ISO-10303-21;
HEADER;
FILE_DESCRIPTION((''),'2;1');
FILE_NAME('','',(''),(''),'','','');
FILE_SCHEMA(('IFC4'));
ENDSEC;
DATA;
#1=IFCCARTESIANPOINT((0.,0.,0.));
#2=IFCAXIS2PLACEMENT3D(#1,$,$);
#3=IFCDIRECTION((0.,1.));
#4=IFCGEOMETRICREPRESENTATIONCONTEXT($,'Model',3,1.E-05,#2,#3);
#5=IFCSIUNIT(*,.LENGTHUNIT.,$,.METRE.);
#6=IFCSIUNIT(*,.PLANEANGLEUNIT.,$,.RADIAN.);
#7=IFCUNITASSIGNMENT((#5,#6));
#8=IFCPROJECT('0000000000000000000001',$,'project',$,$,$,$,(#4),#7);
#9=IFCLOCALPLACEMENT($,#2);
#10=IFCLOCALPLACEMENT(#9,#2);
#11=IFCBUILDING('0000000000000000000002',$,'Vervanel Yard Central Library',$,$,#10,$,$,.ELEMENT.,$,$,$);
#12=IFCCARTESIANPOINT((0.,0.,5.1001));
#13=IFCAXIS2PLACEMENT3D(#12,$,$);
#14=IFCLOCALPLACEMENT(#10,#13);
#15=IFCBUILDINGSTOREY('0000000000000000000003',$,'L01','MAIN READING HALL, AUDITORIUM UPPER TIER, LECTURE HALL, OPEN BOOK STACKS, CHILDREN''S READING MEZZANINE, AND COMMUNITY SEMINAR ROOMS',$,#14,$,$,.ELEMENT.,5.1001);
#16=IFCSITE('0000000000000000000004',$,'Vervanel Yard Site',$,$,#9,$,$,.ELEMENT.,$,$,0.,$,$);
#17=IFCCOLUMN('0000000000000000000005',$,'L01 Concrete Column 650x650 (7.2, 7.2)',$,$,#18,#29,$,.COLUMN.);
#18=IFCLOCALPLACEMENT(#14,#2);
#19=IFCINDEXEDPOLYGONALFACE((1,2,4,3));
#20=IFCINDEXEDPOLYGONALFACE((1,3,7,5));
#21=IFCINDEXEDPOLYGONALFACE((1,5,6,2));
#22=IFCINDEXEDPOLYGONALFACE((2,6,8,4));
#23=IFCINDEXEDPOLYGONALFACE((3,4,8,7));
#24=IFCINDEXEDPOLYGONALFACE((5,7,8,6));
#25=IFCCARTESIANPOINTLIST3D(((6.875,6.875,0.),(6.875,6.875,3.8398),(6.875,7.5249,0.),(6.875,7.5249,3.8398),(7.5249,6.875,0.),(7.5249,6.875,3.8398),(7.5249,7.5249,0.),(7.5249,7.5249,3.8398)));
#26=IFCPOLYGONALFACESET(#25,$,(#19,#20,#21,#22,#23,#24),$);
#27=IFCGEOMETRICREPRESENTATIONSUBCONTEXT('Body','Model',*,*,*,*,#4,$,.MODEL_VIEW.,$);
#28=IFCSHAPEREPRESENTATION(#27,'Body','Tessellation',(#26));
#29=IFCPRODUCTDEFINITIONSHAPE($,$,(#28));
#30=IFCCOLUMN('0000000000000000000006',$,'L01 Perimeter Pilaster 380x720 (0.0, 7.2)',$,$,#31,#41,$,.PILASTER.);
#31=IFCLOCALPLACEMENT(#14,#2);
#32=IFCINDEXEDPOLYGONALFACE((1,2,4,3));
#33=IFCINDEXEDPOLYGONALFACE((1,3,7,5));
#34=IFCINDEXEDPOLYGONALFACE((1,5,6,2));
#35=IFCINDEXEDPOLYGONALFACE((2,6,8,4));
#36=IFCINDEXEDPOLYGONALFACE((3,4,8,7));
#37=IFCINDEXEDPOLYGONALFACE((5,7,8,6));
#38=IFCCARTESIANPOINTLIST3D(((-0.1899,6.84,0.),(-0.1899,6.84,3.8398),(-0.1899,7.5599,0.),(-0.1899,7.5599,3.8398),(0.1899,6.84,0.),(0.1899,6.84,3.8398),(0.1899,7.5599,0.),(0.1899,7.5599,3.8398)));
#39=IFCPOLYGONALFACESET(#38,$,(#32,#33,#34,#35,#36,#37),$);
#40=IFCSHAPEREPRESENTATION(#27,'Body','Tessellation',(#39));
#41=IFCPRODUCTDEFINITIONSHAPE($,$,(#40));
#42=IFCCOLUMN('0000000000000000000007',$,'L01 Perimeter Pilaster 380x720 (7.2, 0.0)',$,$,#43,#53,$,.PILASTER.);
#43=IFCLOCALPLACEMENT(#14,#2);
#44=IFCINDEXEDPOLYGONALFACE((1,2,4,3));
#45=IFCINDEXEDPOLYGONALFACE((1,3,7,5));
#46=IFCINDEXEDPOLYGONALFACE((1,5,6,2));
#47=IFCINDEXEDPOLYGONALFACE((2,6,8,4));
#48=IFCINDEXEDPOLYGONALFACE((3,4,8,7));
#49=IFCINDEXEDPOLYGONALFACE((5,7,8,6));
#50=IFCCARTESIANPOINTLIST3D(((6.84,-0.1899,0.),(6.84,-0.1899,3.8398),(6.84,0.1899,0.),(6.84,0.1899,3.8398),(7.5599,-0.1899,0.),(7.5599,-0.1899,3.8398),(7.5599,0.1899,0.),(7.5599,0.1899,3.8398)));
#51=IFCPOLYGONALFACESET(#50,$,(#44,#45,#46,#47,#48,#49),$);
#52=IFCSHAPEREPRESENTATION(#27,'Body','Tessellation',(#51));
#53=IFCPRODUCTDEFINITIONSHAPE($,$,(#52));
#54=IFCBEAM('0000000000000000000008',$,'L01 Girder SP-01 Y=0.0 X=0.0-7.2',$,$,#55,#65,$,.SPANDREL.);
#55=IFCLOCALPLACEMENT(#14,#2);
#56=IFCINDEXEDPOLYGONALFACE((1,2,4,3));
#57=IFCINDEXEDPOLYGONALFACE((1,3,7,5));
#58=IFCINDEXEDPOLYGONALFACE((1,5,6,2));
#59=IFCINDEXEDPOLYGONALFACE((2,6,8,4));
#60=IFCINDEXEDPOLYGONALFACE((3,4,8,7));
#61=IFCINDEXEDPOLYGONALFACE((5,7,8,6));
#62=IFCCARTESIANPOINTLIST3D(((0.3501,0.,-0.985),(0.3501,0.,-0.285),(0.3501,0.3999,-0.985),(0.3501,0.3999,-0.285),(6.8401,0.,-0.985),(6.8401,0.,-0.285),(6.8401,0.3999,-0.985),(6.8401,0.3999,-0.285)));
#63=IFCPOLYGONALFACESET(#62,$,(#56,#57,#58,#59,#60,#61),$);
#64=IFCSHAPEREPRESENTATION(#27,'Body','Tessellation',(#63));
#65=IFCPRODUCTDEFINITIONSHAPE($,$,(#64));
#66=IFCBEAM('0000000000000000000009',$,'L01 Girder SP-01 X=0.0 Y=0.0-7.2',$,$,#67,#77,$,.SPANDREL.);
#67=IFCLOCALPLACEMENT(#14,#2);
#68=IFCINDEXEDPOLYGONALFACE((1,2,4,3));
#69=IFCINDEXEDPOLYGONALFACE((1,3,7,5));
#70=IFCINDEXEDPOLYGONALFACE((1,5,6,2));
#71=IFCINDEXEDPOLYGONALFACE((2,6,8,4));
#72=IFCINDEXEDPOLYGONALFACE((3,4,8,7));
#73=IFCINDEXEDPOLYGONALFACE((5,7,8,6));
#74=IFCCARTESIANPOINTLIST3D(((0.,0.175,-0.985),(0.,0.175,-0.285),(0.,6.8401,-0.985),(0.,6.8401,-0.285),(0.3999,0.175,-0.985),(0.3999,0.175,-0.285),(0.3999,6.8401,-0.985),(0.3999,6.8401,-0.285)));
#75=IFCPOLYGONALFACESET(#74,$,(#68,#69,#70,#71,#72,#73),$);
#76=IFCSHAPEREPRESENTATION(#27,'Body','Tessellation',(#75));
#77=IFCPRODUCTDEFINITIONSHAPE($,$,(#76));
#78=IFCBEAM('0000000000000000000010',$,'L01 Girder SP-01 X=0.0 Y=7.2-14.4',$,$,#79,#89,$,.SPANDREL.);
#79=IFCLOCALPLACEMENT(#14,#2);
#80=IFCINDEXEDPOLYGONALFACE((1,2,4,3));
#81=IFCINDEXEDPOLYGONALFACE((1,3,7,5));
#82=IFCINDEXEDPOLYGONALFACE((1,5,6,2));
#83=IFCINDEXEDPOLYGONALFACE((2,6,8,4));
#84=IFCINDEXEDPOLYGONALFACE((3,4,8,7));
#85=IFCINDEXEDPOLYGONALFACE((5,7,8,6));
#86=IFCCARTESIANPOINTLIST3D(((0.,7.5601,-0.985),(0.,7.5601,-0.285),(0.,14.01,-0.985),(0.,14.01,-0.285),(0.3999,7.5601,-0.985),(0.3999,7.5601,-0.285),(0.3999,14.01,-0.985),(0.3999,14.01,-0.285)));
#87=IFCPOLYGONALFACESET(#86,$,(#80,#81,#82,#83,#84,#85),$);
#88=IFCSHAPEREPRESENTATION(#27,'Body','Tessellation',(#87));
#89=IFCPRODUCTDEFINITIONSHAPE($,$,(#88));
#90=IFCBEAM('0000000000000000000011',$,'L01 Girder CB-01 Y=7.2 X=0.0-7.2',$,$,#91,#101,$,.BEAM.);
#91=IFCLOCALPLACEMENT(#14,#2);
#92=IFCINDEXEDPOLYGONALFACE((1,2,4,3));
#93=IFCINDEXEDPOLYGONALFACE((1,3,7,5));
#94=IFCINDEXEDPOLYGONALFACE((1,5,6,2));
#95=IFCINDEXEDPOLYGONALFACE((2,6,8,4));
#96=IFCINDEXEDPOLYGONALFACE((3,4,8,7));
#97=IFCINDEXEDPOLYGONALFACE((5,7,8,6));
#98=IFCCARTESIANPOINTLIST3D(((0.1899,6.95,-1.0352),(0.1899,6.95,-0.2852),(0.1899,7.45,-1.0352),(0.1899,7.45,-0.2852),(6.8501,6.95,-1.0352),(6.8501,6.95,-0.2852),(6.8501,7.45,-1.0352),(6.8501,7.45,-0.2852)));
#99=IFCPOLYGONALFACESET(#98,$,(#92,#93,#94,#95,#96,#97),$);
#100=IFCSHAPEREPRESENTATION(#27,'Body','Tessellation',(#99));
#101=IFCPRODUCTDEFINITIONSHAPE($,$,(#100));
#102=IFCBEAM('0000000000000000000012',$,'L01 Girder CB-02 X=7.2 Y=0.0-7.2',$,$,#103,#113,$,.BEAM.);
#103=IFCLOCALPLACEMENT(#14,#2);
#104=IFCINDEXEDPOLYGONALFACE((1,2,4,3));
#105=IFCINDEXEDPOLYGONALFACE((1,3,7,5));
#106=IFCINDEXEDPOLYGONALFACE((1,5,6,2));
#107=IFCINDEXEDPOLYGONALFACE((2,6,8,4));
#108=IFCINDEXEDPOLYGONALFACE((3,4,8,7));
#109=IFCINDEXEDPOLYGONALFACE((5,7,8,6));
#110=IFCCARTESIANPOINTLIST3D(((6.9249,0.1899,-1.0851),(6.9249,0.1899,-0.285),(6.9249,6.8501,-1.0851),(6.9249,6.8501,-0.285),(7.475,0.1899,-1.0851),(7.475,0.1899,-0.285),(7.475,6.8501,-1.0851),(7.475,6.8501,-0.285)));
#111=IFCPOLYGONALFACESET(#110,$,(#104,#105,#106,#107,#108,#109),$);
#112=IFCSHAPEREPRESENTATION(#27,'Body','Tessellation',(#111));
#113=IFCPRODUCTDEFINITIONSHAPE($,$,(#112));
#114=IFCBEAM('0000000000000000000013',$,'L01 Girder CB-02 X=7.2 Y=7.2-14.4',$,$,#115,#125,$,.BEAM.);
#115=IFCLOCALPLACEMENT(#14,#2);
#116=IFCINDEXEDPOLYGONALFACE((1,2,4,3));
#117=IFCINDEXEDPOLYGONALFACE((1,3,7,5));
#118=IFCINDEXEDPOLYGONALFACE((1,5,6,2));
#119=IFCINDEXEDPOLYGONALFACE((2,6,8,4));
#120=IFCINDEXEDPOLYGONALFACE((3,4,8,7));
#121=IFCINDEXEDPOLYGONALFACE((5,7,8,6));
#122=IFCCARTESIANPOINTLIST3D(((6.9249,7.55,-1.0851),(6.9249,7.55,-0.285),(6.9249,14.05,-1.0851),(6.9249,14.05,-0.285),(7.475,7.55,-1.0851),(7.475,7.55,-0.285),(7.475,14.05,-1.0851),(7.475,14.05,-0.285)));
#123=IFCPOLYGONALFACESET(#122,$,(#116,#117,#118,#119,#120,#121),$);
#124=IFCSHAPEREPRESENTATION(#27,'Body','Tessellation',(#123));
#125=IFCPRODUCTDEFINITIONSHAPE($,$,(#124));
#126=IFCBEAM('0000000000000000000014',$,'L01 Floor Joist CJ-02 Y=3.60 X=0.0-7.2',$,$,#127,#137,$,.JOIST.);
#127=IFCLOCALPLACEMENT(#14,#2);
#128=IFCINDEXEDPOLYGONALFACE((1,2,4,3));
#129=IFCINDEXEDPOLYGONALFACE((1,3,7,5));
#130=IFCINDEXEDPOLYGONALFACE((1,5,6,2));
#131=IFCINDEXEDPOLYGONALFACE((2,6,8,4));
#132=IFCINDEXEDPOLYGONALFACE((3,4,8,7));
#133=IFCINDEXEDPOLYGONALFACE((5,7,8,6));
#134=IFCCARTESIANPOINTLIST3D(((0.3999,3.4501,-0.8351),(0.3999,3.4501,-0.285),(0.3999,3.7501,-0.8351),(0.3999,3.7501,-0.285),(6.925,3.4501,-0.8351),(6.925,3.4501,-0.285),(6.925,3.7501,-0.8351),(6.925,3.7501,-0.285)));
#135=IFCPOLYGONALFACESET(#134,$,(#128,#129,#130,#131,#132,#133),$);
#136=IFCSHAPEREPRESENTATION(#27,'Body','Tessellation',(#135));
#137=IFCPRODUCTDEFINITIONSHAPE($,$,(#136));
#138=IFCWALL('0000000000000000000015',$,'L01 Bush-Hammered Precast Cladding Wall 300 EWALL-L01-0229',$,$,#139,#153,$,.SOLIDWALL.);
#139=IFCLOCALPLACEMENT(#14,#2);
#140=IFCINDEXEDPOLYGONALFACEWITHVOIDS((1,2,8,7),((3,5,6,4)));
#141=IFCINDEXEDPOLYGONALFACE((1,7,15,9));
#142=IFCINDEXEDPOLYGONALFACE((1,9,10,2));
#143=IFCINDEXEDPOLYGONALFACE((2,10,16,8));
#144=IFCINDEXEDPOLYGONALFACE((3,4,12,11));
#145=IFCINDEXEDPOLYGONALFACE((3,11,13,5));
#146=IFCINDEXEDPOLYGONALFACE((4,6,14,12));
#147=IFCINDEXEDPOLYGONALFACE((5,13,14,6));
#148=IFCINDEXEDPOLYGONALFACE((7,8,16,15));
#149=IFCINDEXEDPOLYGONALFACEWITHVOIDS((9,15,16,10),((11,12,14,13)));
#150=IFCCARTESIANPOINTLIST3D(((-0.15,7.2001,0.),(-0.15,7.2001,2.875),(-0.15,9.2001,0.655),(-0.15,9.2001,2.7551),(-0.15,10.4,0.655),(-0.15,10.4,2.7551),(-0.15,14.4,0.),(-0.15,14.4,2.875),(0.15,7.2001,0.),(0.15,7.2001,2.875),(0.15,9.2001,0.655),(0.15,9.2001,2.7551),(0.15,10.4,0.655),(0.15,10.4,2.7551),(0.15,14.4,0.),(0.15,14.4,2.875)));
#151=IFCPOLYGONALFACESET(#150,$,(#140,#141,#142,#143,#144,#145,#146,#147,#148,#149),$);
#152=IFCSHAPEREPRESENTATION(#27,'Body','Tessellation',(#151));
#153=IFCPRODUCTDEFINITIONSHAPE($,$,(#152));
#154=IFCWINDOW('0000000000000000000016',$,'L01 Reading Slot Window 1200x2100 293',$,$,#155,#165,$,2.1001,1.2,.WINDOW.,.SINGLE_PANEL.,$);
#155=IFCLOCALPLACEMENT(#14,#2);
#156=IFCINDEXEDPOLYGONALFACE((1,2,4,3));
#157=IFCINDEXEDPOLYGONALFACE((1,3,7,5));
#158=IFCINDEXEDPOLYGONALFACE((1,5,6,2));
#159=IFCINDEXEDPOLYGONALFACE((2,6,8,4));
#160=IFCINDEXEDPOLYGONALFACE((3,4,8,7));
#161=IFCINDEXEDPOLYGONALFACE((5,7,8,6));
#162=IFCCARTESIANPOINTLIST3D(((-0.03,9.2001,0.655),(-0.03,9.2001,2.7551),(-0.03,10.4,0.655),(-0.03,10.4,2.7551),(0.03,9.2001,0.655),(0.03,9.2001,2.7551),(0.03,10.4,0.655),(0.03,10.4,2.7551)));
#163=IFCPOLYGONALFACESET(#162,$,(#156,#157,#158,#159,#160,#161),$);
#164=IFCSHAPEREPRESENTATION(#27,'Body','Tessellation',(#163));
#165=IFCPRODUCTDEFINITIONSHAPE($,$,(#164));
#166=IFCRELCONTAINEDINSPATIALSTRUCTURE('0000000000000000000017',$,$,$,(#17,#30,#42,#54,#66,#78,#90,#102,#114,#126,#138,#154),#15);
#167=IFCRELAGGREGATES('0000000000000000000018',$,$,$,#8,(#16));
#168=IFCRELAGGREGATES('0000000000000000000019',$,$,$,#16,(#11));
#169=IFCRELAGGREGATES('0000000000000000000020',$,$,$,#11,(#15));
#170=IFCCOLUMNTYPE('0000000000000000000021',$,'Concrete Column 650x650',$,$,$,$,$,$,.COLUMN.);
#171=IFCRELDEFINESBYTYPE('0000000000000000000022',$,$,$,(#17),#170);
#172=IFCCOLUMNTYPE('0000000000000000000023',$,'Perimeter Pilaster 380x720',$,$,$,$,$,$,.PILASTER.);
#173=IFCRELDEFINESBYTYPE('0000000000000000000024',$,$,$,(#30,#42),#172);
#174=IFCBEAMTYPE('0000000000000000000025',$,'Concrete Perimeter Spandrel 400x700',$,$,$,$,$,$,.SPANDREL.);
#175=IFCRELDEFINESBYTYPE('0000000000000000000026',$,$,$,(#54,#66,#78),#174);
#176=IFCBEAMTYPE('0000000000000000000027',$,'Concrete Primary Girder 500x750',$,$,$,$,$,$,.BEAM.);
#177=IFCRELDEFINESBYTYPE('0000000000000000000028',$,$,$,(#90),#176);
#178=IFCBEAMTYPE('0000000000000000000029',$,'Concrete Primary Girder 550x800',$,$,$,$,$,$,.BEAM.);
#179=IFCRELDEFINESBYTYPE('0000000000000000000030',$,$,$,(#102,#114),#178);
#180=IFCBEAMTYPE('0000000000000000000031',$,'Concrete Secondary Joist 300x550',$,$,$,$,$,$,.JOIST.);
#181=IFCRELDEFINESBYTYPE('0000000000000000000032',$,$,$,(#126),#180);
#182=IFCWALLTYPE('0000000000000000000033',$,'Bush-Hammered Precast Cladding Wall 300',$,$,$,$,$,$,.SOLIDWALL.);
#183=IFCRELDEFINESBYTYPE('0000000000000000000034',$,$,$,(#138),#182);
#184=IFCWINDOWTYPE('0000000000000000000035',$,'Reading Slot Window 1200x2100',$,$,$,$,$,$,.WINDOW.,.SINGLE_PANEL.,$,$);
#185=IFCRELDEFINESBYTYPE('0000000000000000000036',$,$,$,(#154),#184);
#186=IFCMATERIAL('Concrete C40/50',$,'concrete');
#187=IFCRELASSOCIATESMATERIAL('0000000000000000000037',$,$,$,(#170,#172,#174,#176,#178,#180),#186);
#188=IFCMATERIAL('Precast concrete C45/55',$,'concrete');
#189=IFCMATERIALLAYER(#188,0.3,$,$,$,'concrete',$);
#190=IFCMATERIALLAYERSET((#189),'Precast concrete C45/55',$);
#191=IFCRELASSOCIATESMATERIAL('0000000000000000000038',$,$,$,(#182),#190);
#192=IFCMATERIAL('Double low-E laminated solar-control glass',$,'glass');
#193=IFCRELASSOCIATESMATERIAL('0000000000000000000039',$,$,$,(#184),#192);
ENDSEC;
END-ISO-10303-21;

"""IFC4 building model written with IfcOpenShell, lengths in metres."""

from ifc_helpers import new_model, si_unit, direction, frame, frame_2d, origin, origin_2d, place, context, subcontext, project, spatial, rectangle, extrude, material, layer, layer_set, material_profile, profile_set, type_object, element, fill, save


model = new_model("IFC4")

# Units and contexts
model_context = context("Model", 3, precision=1e-05, world=origin(), true_north=direction((0.0, 1.0)))
body_context = subcontext(model_context, "Body", "Model", "MODEL_VIEW")
ifc_project = project(units=[si_unit("LENGTHUNIT", "METRE"), si_unit("PLANEANGLEUNIT", "RADIAN")], contexts=[model_context])

# Site, building, storey
site_placement = place(None, origin())
site = spatial("IfcSite", under=ifc_project, at=site_placement, Name="Vervanel Yard Site", CompositionType="ELEMENT", RefElevation=0.0)
building_placement = place(site_placement, origin())
building = spatial("IfcBuilding", under=site, at=building_placement, Name="Vervanel Yard Central Library", CompositionType="ELEMENT")
storey_placement = place(building_placement, frame((0.0, 0.0, 5.1001)))
storey = spatial("IfcBuildingStorey", under=building, at=storey_placement, Name="L01", Description="MAIN READING HALL, AUDITORIUM UPPER TIER, LECTURE HALL, OPEN BOOK STACKS, CHILDREN'S READING MEZZANINE, AND COMMUNITY SEMINAR ROOMS", CompositionType="ELEMENT", Elevation=5.1001)

# Columns
ifc_material_1 = material(Name="Concrete C40/50", Category="concrete")
ifc_material_profile_1 = material_profile(ifc_material_1, rectangle(XDim=0.6499, YDim=0.6499, at=origin_2d()), Name="RC 650x650", Category="concrete")
ifc_profile_set_1 = profile_set([ifc_material_profile_1], Name="Concrete C40/50")
column_type_1 = type_object("IfcColumnType", Name="Concrete Column 650x650", PredefinedType="COLUMN", material=ifc_profile_set_1)
column_placement = place(storey_placement, frame((7.2, 7.2, 0.0), z_axis=(0.0, 0.0, 1.0), x_axis=(1.0, 0.0, 0.0)))
element("IfcColumn", 1, at=column_placement, inside=storey, type_object=column_type_1, Name="L01 Concrete Column 650x650 (7.2, 7.2)", PredefinedType="COLUMN", context=body_context, shape_type="SweptSolid", body=[
    extrude(rectangle(XDim=0.6499, YDim=0.6499, at=origin_2d()), origin(), (0.0, 0.0, 1.0), 3.8398),
])
ifc_material_profile_2 = material_profile(ifc_material_1, rectangle(XDim=0.3799, YDim=0.72, at=origin_2d()), Name="RC 380x720", Category="concrete")
ifc_profile_set_2 = profile_set([ifc_material_profile_2], Name="Concrete C40/50")
column_type_2 = type_object("IfcColumnType", Name="Perimeter Pilaster 380x720", PredefinedType="PILASTER", material=ifc_profile_set_2)
for number, where, z_axis, x_axis, name in (
    (2, (0.0, 7.2, 0.0), (0.0, 0.0, 1.0), (1.0, 0.0, 0.0), "L01 Perimeter Pilaster 380x720 (0.0, 7.2)"),
    (3, (7.2, 0.0, 0.0), (0.0, 0.0, 1.0), (0.0, 1.0, 0.0), "L01 Perimeter Pilaster 380x720 (7.2, 0.0)"),
):
    element("IfcColumn", number, at=place(storey_placement, frame(where, z_axis=z_axis, x_axis=x_axis)), inside=storey, type_object=column_type_2, Name=name, PredefinedType="PILASTER", context=body_context, shape_type="SweptSolid", body=[
        extrude(rectangle(XDim=0.3799, YDim=0.72, at=origin_2d()), origin(), (0.0, 0.0, 1.0), 3.8398),
    ])

# Beams
ifc_material_profile_3 = material_profile(ifc_material_1, rectangle(XDim=0.3999, YDim=0.7, at=origin_2d()), Name="RC 400x700", Category="concrete")
ifc_profile_set_3 = profile_set([ifc_material_profile_3], Name="Concrete C40/50")
beam_type_1 = type_object("IfcBeamType", Name="Concrete Perimeter Spandrel 400x700", PredefinedType="SPANDREL", material=ifc_profile_set_3)
beam_1_placement = place(storey_placement, frame((0.3501, 0.2, -0.635), z_axis=(1.0, 0.0, 0.0), x_axis=(0.0, 1.0, 0.0)))
element("IfcBeam", 4, at=beam_1_placement, inside=storey, type_object=beam_type_1, Name="L01 Girder SP-01 Y=0.0 X=0.0-7.2", PredefinedType="SPANDREL", context=body_context, shape_type="SweptSolid", body=[
    extrude(rectangle(XDim=0.3999, YDim=0.7, at=origin_2d()), origin(), (0.0, 0.0, 1.0), 6.49),
])
beam_2_placement = place(storey_placement, frame((0.2, 0.175, -0.635), z_axis=(0.0, 1.0, 0.0), x_axis=(-1.0, 0.0, 0.0)))
element("IfcBeam", 5, at=beam_2_placement, inside=storey, type_object=beam_type_1, Name="L01 Girder SP-01 X=0.0 Y=0.0-7.2", PredefinedType="SPANDREL", context=body_context, shape_type="SweptSolid", body=[
    extrude(rectangle(XDim=0.3999, YDim=0.7, at=origin_2d()), origin(), (0.0, 0.0, 1.0), 6.665),
])
beam_3_placement = place(storey_placement, frame((0.2, 7.5601, -0.635), z_axis=(0.0, 1.0, 0.0), x_axis=(-1.0, 0.0, 0.0)))
element("IfcBeam", 6, at=beam_3_placement, inside=storey, type_object=beam_type_1, Name="L01 Girder SP-01 X=0.0 Y=7.2-14.4", PredefinedType="SPANDREL", context=body_context, shape_type="SweptSolid", body=[
    extrude(rectangle(XDim=0.3999, YDim=0.7, at=origin_2d()), origin(), (0.0, 0.0, 1.0), 6.45),
])
ifc_material_profile_4 = material_profile(ifc_material_1, rectangle(XDim=0.5, YDim=0.75, at=origin_2d()), Name="RC 500x750", Category="concrete")
ifc_profile_set_4 = profile_set([ifc_material_profile_4], Name="Concrete C40/50")
beam_type_2 = type_object("IfcBeamType", Name="Concrete Primary Girder 500x750", PredefinedType="BEAM", material=ifc_profile_set_4)
beam_4_placement = place(storey_placement, frame((0.1899, 7.2, -0.6602), z_axis=(1.0, 0.0, 0.0), x_axis=(0.0, 1.0, 0.0)))
element("IfcBeam", 7, at=beam_4_placement, inside=storey, type_object=beam_type_2, Name="L01 Girder CB-01 Y=7.2 X=0.0-7.2", PredefinedType="BEAM", context=body_context, shape_type="SweptSolid", body=[
    extrude(rectangle(XDim=0.5, YDim=0.75, at=origin_2d()), origin(), (0.0, 0.0, 1.0), 6.6602),
])
ifc_material_profile_5 = material_profile(ifc_material_1, rectangle(XDim=0.55, YDim=0.8, at=origin_2d()), Name="RC 550x800", Category="concrete")
ifc_profile_set_5 = profile_set([ifc_material_profile_5], Name="Concrete C40/50")
beam_type_3 = type_object("IfcBeamType", Name="Concrete Primary Girder 550x800", PredefinedType="BEAM", material=ifc_profile_set_5)
beam_5_placement = place(storey_placement, frame((7.2, 0.1899, -0.6851), z_axis=(0.0, 1.0, 0.0), x_axis=(-1.0, 0.0, 0.0)))
element("IfcBeam", 8, at=beam_5_placement, inside=storey, type_object=beam_type_3, Name="L01 Girder CB-02 X=7.2 Y=0.0-7.2", PredefinedType="BEAM", context=body_context, shape_type="SweptSolid", body=[
    extrude(rectangle(XDim=0.55, YDim=0.8, at=origin_2d()), origin(), (0.0, 0.0, 1.0), 6.6602),
])
beam_6_placement = place(storey_placement, frame((7.2, 7.55, -0.6851), z_axis=(0.0, 1.0, 0.0), x_axis=(-1.0, 0.0, 0.0)))
element("IfcBeam", 9, at=beam_6_placement, inside=storey, type_object=beam_type_3, Name="L01 Girder CB-02 X=7.2 Y=7.2-14.4", PredefinedType="BEAM", context=body_context, shape_type="SweptSolid", body=[
    extrude(rectangle(XDim=0.55, YDim=0.8, at=origin_2d()), origin(), (0.0, 0.0, 1.0), 6.5),
])
ifc_material_profile_6 = material_profile(ifc_material_1, rectangle(XDim=0.3, YDim=0.55, at=origin_2d()), Name="RC 300x550", Category="concrete")
ifc_profile_set_6 = profile_set([ifc_material_profile_6], Name="Concrete C40/50")
beam_type_4 = type_object("IfcBeamType", Name="Concrete Secondary Joist 300x550", PredefinedType="JOIST", material=ifc_profile_set_6)
beam_7_placement = place(storey_placement, frame((0.3999, 3.6001, -0.5601), z_axis=(1.0, 0.0, 0.0), x_axis=(0.0, 1.0, 0.0)))
element("IfcBeam", 10, at=beam_7_placement, inside=storey, type_object=beam_type_4, Name="L01 Floor Joist CJ-02 Y=3.60 X=0.0-7.2", PredefinedType="JOIST", context=body_context, shape_type="SweptSolid", body=[
    extrude(rectangle(XDim=0.3, YDim=0.55, at=origin_2d()), origin(), (0.0, 0.0, 1.0), 6.5251),
])

# Wall, opening, window
ifc_material_2 = material(Name="Precast concrete C45/55", Category="concrete")
ifc_layer_1 = layer(ifc_material_2, 0.3, Category="concrete")
ifc_layer_set_1 = layer_set([ifc_layer_1], Name="Precast concrete C45/55")
wall_type_1 = type_object("IfcWallType", Name="Bush-Hammered Precast Cladding Wall 300", PredefinedType="SOLIDWALL", material=ifc_layer_set_1)
wall_1_placement = place(storey_placement, frame((0.0, 7.2, 0.0), z_axis=(0.0, 0.0, 1.0), x_axis=(0.0, 1.0, 0.0)))
wall_1 = element("IfcWall", 11, at=wall_1_placement, inside=storey, type_object=wall_type_1, Name="L01 Bush-Hammered Precast Cladding Wall 300 EWALL-L01-0229", PredefinedType="SOLIDWALL", context=body_context, shape_type="SweptSolid", body=[
    extrude(rectangle(XDim=7.2, YDim=0.3, at=frame_2d((3.6001, 0.0))), origin(), (0.0, 0.0, 1.0), 2.875),
])
opening_1_placement = place(wall_1_placement, frame((2.0, 0.0, 0.655)))
opening_1 = element("IfcOpeningElement", 12, at=opening_1_placement, cuts=wall_1, PredefinedType="OPENING", context=body_context, shape_type="SweptSolid", body=[
    extrude(rectangle(XDim=1.2, YDim=2.1001, at=frame_2d((0.6001, 1.05))), frame((0.0, 0.1599, 0.0), z_axis=(0.0, -1.0, 0.0), x_axis=(1.0, 0.0, 0.0)), (0.0, 0.0, 1.0), 0.3201),
])
ifc_material_3 = material(Name="Double low-E laminated solar-control glass", Category="glass")
window_type_1 = type_object("IfcWindowType", Name="Reading Slot Window 1200x2100", PartitioningType="SINGLE_PANEL", PredefinedType="WINDOW", material=ifc_material_3)
window_1_placement = place(opening_1_placement, origin())
window_1 = element("IfcWindow", 13, at=window_1_placement, inside=storey, type_object=window_type_1, Name="L01 Reading Slot Window 1200x2100 293", OverallHeight=2.1001, OverallWidth=1.2, PartitioningType="SINGLE_PANEL", PredefinedType="WINDOW", context=body_context, shape_type="SweptSolid", body=[
    extrude(rectangle(XDim=1.2, YDim=2.1001, at=frame_2d((0.6001, 1.05))), frame((0.0, 0.03, 0.0), z_axis=(0.0, -1.0, 0.0), x_axis=(1.0, 0.0, 0.0)), (0.0, 0.0, 1.0), 0.0601),
])
fill(opening_1, window_1)

save(model, "model.ifc")
